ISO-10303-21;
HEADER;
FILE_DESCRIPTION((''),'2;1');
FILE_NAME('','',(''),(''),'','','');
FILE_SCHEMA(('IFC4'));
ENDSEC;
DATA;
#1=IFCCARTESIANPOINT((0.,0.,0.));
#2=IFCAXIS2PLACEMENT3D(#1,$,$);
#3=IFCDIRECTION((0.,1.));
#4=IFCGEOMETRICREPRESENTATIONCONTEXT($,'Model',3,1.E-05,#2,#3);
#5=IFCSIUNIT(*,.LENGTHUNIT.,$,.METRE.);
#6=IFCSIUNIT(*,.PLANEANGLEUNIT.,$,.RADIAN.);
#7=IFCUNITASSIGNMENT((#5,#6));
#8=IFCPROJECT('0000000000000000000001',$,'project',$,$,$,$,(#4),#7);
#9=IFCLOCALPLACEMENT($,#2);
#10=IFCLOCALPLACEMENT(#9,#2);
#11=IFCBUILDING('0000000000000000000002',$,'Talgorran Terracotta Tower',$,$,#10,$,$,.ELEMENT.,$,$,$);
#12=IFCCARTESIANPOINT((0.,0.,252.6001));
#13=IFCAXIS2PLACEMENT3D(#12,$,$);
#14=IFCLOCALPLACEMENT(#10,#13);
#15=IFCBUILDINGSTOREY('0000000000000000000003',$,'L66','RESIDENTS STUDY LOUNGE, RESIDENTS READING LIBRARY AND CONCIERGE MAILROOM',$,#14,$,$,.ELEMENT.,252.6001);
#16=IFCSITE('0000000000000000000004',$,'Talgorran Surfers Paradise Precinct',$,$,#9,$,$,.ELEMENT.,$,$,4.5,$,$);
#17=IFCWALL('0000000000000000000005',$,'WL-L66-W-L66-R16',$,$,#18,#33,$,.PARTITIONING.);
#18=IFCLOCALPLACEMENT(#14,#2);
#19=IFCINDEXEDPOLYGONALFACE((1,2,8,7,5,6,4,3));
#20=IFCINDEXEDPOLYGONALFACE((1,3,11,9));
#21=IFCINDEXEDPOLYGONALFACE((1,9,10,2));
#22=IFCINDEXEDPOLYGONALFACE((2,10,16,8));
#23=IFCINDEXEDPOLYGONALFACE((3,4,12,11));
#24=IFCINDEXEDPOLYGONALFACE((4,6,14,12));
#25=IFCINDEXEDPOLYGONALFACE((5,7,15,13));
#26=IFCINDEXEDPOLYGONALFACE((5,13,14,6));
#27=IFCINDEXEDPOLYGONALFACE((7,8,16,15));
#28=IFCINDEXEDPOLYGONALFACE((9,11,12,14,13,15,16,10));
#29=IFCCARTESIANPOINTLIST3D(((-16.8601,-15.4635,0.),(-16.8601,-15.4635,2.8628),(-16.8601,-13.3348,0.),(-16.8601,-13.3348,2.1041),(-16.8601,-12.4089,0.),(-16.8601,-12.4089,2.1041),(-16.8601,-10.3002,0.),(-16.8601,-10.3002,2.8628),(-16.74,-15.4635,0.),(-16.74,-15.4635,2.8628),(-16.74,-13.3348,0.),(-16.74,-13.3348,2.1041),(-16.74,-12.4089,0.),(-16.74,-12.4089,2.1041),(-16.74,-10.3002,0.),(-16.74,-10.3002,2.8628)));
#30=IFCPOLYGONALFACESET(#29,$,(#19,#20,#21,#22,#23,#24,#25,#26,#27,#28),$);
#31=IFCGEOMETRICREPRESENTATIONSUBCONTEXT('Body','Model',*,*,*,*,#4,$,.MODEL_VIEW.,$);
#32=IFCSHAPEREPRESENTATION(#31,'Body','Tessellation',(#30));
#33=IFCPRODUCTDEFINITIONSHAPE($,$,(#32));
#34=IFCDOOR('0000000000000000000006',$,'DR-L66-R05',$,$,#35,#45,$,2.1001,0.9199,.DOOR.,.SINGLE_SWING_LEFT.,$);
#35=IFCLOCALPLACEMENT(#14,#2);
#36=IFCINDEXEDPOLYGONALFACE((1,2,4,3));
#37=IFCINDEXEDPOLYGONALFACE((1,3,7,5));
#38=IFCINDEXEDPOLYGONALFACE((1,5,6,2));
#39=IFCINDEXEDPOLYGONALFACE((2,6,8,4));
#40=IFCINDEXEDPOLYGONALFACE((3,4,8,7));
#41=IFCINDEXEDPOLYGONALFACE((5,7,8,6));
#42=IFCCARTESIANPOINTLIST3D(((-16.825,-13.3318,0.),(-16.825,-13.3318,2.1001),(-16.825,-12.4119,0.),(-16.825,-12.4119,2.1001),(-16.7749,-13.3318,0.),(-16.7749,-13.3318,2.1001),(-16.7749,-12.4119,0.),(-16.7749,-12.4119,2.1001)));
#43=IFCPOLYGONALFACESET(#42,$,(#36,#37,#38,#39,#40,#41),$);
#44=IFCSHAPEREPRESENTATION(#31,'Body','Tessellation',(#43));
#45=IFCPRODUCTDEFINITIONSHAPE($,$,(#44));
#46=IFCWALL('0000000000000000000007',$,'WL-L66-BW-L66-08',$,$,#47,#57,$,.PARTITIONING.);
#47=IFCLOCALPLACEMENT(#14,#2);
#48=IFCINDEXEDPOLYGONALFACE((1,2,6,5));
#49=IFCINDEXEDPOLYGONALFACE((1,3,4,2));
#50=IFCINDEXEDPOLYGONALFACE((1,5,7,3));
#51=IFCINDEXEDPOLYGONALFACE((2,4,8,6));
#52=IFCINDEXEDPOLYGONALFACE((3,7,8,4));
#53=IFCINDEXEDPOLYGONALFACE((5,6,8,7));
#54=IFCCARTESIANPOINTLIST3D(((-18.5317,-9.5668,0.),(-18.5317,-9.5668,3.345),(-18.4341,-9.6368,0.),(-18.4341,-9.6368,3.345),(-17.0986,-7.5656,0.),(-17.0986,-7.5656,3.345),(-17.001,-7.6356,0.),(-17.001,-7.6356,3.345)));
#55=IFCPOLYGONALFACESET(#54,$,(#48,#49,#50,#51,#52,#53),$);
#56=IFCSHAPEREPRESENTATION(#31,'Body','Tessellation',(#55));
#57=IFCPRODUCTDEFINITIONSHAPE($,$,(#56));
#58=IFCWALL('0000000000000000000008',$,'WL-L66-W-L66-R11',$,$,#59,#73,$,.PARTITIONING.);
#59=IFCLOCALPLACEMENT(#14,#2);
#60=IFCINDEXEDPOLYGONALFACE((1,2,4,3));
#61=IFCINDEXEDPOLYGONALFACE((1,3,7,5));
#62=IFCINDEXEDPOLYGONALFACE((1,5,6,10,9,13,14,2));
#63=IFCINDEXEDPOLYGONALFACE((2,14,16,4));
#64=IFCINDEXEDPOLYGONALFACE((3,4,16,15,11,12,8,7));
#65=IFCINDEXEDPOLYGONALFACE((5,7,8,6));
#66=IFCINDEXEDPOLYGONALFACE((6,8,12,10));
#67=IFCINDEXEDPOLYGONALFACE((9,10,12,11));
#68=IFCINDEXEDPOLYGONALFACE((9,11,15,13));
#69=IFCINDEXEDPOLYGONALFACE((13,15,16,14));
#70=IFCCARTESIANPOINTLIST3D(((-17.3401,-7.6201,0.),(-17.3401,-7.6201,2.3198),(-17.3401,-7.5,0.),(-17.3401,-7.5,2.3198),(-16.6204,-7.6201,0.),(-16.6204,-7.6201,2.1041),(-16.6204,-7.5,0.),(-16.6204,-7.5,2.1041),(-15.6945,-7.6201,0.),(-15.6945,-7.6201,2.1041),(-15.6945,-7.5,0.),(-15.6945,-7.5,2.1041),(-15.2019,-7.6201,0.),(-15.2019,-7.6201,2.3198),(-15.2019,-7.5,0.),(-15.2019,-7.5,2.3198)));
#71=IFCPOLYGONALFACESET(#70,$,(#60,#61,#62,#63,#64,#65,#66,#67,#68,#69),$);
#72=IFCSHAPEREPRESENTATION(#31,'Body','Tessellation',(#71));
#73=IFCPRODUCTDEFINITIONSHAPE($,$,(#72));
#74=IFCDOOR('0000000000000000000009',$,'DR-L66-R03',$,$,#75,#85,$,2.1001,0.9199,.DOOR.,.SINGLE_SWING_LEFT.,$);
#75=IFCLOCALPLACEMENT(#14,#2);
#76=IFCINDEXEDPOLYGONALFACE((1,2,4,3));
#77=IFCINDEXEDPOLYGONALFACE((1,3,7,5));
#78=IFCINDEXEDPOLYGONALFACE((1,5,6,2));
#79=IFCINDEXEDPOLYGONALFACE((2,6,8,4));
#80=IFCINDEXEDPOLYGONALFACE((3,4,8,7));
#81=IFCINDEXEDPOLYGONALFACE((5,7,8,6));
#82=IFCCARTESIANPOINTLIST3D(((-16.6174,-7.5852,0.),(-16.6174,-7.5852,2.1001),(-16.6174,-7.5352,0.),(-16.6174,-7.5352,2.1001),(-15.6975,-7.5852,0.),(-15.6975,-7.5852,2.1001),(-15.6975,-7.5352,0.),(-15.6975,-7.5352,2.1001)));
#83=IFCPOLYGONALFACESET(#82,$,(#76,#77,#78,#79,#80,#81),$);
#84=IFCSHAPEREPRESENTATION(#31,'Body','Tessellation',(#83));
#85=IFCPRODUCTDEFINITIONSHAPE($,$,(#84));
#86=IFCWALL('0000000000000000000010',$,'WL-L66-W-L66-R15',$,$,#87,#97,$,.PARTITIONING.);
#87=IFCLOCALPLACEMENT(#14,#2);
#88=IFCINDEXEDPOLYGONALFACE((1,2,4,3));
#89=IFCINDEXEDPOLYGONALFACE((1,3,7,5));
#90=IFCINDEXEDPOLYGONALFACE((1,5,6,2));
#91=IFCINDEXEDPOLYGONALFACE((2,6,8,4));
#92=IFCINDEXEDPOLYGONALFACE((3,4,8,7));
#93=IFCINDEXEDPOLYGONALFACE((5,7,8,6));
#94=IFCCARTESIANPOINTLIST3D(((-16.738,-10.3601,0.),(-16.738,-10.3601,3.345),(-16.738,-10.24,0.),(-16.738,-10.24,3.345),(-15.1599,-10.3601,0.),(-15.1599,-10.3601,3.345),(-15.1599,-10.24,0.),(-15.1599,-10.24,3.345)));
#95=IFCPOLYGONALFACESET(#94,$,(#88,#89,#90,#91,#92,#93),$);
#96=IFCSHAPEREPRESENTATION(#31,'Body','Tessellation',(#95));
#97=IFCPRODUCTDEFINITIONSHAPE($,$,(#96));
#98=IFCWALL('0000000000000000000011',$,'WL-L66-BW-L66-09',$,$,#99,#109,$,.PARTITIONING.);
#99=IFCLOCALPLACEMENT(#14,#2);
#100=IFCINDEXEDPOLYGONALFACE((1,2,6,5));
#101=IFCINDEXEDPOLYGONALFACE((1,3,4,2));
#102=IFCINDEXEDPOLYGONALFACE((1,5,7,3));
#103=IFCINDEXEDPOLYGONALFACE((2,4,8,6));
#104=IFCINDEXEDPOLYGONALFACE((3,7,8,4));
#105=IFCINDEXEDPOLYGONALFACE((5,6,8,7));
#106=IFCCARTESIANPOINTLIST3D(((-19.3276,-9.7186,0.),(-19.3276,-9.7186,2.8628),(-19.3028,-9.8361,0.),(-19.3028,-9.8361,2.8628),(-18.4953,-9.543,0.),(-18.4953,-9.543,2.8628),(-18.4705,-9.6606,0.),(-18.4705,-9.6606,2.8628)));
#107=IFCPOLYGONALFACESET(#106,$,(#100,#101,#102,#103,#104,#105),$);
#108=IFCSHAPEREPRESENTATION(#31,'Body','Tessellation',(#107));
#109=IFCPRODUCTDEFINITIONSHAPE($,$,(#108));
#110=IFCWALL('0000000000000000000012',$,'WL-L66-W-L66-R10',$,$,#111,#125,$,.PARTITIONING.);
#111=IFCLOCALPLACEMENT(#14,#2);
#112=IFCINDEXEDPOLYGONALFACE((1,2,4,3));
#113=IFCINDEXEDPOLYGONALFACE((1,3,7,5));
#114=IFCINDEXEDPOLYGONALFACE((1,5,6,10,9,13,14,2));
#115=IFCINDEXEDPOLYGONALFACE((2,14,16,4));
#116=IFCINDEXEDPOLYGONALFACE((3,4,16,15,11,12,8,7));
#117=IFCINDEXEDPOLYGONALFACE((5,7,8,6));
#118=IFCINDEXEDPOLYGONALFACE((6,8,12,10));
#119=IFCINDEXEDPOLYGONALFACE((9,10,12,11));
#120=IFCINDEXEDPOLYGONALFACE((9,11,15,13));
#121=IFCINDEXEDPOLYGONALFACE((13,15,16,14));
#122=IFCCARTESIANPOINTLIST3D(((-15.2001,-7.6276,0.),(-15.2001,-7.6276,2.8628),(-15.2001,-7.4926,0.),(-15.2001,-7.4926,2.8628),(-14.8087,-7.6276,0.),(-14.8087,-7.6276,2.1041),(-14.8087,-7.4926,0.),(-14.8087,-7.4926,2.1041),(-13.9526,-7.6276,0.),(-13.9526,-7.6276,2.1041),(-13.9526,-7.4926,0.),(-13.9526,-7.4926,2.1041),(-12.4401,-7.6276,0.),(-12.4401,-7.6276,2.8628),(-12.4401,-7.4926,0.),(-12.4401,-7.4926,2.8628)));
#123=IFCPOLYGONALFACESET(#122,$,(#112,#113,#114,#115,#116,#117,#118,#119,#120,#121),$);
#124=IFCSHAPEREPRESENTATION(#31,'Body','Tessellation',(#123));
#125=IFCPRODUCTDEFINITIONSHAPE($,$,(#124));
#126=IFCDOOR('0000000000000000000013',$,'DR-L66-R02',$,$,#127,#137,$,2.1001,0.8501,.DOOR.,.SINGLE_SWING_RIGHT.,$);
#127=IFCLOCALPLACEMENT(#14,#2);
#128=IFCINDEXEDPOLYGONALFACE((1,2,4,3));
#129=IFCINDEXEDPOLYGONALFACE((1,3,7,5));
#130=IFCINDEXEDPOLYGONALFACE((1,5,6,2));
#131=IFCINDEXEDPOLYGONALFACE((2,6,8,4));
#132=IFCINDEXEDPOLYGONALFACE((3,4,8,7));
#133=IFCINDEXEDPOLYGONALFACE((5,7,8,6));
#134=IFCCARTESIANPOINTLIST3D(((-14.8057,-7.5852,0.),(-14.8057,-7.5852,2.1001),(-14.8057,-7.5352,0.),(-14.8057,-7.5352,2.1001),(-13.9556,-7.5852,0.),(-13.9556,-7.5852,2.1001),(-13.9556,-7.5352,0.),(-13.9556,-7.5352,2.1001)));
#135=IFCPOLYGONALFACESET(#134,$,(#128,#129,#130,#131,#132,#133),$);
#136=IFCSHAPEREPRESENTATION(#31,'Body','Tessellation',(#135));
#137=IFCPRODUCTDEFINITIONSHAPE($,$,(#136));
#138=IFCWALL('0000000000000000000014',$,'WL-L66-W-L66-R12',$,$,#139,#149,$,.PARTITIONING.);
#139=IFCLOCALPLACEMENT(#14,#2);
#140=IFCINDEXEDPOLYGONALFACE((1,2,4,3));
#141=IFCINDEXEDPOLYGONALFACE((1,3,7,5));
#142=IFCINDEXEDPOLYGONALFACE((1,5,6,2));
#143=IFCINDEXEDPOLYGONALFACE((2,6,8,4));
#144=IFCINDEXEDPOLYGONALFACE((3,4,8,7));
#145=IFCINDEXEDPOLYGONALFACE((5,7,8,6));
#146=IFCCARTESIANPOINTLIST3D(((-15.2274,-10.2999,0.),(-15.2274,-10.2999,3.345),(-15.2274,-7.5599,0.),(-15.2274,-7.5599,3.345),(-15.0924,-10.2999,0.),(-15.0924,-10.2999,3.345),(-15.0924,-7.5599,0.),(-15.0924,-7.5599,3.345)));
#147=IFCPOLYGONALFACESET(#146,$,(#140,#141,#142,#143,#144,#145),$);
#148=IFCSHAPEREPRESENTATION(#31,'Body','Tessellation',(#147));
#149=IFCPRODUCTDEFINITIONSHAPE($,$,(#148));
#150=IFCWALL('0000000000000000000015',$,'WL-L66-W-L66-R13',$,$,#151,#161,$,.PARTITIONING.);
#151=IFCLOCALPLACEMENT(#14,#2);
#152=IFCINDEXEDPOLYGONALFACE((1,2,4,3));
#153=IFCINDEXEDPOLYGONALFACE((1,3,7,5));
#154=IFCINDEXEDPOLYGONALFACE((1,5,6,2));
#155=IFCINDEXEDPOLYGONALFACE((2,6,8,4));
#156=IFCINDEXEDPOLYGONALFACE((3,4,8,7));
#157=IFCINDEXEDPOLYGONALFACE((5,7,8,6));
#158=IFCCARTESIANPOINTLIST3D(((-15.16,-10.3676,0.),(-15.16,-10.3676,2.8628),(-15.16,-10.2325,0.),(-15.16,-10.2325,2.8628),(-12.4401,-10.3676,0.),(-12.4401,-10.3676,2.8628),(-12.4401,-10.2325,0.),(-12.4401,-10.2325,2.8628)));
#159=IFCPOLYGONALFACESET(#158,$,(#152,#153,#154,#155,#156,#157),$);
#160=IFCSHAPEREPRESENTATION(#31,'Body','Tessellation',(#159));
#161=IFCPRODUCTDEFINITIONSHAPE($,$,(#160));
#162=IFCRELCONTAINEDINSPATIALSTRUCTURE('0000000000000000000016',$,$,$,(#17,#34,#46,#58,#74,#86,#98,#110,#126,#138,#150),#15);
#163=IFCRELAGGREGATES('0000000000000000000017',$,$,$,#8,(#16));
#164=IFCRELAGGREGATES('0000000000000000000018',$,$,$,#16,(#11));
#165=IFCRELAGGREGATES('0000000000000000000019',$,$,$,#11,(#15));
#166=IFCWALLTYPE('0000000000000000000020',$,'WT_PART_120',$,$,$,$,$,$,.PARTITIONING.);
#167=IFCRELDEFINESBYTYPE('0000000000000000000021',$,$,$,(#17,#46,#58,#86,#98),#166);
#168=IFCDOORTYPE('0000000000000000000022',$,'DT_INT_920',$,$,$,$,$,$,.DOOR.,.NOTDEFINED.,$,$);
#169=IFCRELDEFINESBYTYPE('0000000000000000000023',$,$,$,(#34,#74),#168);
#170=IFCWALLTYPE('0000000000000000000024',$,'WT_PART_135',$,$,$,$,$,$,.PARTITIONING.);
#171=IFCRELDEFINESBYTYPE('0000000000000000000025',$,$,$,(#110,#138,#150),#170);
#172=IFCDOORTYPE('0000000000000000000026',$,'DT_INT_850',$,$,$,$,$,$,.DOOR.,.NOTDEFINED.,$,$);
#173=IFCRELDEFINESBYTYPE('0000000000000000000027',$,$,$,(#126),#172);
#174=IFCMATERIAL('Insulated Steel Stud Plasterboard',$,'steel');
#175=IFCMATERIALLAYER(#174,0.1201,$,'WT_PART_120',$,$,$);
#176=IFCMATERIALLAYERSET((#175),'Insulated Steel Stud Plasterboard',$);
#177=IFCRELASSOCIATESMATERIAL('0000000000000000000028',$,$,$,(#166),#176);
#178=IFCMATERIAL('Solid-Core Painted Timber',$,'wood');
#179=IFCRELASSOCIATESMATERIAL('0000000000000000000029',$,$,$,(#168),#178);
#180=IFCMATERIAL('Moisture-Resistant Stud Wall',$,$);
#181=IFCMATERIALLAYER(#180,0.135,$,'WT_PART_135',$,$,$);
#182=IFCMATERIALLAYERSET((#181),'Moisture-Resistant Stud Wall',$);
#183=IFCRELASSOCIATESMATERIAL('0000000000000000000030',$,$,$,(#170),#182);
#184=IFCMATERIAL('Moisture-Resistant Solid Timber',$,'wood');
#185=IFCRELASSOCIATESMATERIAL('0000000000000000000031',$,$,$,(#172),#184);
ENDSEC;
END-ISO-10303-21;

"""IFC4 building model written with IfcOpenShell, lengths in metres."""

from ifc_helpers import new_model, si_unit, direction, frame, frame_2d, origin, place, context, subcontext, project, spatial, rectangle, extrude, material, layer, layer_set, type_object, element, fill, save


model = new_model("IFC4")

# Units and contexts
model_context = context("Model", 3, precision=1e-05, world=origin(), true_north=direction((0.0, 1.0)))
body_context = subcontext(model_context, "Body", "Model", "MODEL_VIEW")
ifc_project = project(units=[si_unit("LENGTHUNIT", "METRE"), si_unit("PLANEANGLEUNIT", "RADIAN")], contexts=[model_context])

# Site, building, storey
site_placement = place(None, origin())
site = spatial("IfcSite", under=ifc_project, at=site_placement, Name="Talgorran Surfers Paradise Precinct", CompositionType="ELEMENT", RefElevation=4.5)
building_placement = place(site_placement, origin())
building = spatial("IfcBuilding", under=site, at=building_placement, Name="Talgorran Terracotta Tower", CompositionType="ELEMENT")
storey_placement = place(building_placement, frame((0.0, 0.0, 252.6001)))
storey = spatial("IfcBuildingStorey", under=building, at=storey_placement, Name="L66", Description="RESIDENTS STUDY LOUNGE, RESIDENTS READING LIBRARY AND CONCIERGE MAILROOM", CompositionType="ELEMENT", Elevation=252.6001)

# Wall, opening, door
ifc_material_1 = material(Name="Insulated Steel Stud Plasterboard", Category="steel")
ifc_layer_1 = layer(ifc_material_1, 0.1201, Name="WT_PART_120")
ifc_layer_set_1 = layer_set([ifc_layer_1], Name="Insulated Steel Stud Plasterboard")
wall_type_1 = type_object("IfcWallType", Name="WT_PART_120", PredefinedType="PARTITIONING", material=ifc_layer_set_1)
wall_1_placement = place(storey_placement, frame((-16.8, -15.4634, 0.0), z_axis=(0.0, 0.0, 1.0), x_axis=(0.0, 1.0, 0.0)))
wall_1 = element("IfcWall", 1, at=wall_1_placement, inside=storey, type_object=wall_type_1, Name="WL-L66-W-L66-R16", PredefinedType="PARTITIONING", context=body_context, shape_type="SweptSolid", body=[
    extrude(rectangle(XDim=5.1633, YDim=0.1201, at=frame_2d((2.5815, 0.0))), origin(), (0.0, 0.0, 1.0), 2.8628),
])
opening_1_placement = place(wall_1_placement, frame((2.1316, 0.0, 0.0)))
opening_1 = element("IfcOpeningElement", 2, at=opening_1_placement, cuts=wall_1, PredefinedType="OPENING", context=body_context, shape_type="SweptSolid", body=[
    extrude(rectangle(XDim=0.9259, YDim=2.1041, at=frame_2d((0.46, 1.052))), frame((0.0, 0.0701, 0.0), z_axis=(0.0, -1.0, 0.0), x_axis=(1.0, 0.0, 0.0)), (0.0, 0.0, 1.0), 0.1401),
])
ifc_material_2 = material(Name="Solid-Core Painted Timber", Category="wood")
door_type_1 = type_object("IfcDoorType", Name="DT_INT_920", OperationType="NOTDEFINED", PredefinedType="DOOR", material=ifc_material_2)
door_1_placement = place(opening_1_placement, origin())
door_1 = element("IfcDoor", 3, at=door_1_placement, inside=storey, type_object=door_type_1, Name="DR-L66-R05", OperationType="SINGLE_SWING_LEFT", OverallHeight=2.1001, OverallWidth=0.9199, PredefinedType="DOOR", context=body_context, shape_type="SweptSolid", body=[
    extrude(rectangle(XDim=0.9199, YDim=2.1001, at=frame_2d((0.46, 1.05))), frame((0.0, 0.0249, 0.0), z_axis=(0.0, -1.0, 0.0), x_axis=(1.0, 0.0, 0.0)), (0.0, 0.0, 1.0), 0.05),
])
fill(opening_1, door_1)

# Wall
wall_2_placement = place(storey_placement, frame((-17.0498, -7.6006, 0.0), z_axis=(0.0, 0.0, 1.0), x_axis=(-0.582223, -0.813029, 0.0)))
element("IfcWall", 4, at=wall_2_placement, inside=storey, type_object=wall_type_1, Name="WL-L66-BW-L66-08", PredefinedType="PARTITIONING", context=body_context, shape_type="SweptSolid", body=[
    extrude(rectangle(XDim=2.4614, YDim=0.1201, at=frame_2d((1.2307, 0.0))), origin(), (0.0, 0.0, 1.0), 3.345),
])

# Wall, opening, door
wall_3_placement = place(storey_placement, frame((-17.3401, -7.5601, 0.0), z_axis=(0.0, 0.0, 1.0), x_axis=(1.0, 0.0, 0.0)))
wall_3 = element("IfcWall", 5, at=wall_3_placement, inside=storey, type_object=wall_type_1, Name="WL-L66-W-L66-R11", PredefinedType="PARTITIONING", context=body_context, shape_type="SweptSolid", body=[
    extrude(rectangle(XDim=2.1382, YDim=0.1201, at=frame_2d((1.0691, 0.0))), origin(), (0.0, 0.0, 1.0), 2.3198),
])
opening_2_placement = place(wall_3_placement, frame((0.7227, 0.0, 0.0)))
opening_2 = element("IfcOpeningElement", 6, at=opening_2_placement, cuts=wall_3, PredefinedType="OPENING", context=body_context, shape_type="SweptSolid", body=[
    extrude(rectangle(XDim=0.9259, YDim=2.1041, at=frame_2d((0.46, 1.052))), frame((0.0, 0.0701, 0.0), z_axis=(0.0, -1.0, 0.0), x_axis=(1.0, 0.0, 0.0)), (0.0, 0.0, 1.0), 0.1401),
])
door_2_placement = place(opening_2_placement, origin())
door_2 = element("IfcDoor", 7, at=door_2_placement, inside=storey, type_object=door_type_1, Name="DR-L66-R03", OperationType="SINGLE_SWING_LEFT", OverallHeight=2.1001, OverallWidth=0.9199, PredefinedType="DOOR", context=body_context, shape_type="SweptSolid", body=[
    extrude(rectangle(XDim=0.9199, YDim=2.1001, at=frame_2d((0.46, 1.05))), frame((0.0, 0.0249, 0.0), z_axis=(0.0, -1.0, 0.0), x_axis=(1.0, 0.0, 0.0)), (0.0, 0.0, 1.0), 0.05),
])
fill(opening_2, door_2)

# Walls
wall_4_placement = place(storey_placement, frame((-16.738, -10.3, 0.0), z_axis=(0.0, 0.0, 1.0), x_axis=(1.0, 0.0, 0.0)))
element("IfcWall", 8, at=wall_4_placement, inside=storey, type_object=wall_type_1, Name="WL-L66-W-L66-R15", PredefinedType="PARTITIONING", context=body_context, shape_type="SweptSolid", body=[
    extrude(rectangle(XDim=1.5781, YDim=0.1201, at=frame_2d((0.7891, 0.0))), origin(), (0.0, 0.0, 1.0), 3.345),
])
wall_5_placement = place(storey_placement, frame((-18.4829, -9.6018, 0.0), z_axis=(0.0, 0.0, 1.0), x_axis=(-0.978474, -0.206372, 0.0)))
element("IfcWall", 9, at=wall_5_placement, inside=storey, type_object=wall_type_1, Name="WL-L66-BW-L66-09", PredefinedType="PARTITIONING", context=body_context, shape_type="SweptSolid", body=[
    extrude(rectangle(XDim=0.8506, YDim=0.1201, at=frame_2d((0.4253, 0.0))), origin(), (0.0, 0.0, 1.0), 2.8628),
])

# Wall, opening, door
ifc_material_3 = material(Name="Moisture-Resistant Stud Wall")
ifc_layer_2 = layer(ifc_material_3, 0.135, Name="WT_PART_135")
ifc_layer_set_2 = layer_set([ifc_layer_2], Name="Moisture-Resistant Stud Wall")
wall_type_2 = type_object("IfcWallType", Name="WT_PART_135", PredefinedType="PARTITIONING", material=ifc_layer_set_2)
wall_6_placement = place(storey_placement, frame((-15.2, -7.5601, 0.0), z_axis=(0.0, 0.0, 1.0), x_axis=(1.0, 0.0, 0.0)))
wall_6 = element("IfcWall", 10, at=wall_6_placement, inside=storey, type_object=wall_type_2, Name="WL-L66-W-L66-R10", PredefinedType="PARTITIONING", context=body_context, shape_type="SweptSolid", body=[
    extrude(rectangle(XDim=2.76, YDim=0.135, at=frame_2d((1.3799, 0.0))), origin(), (0.0, 0.0, 1.0), 2.8628),
])
opening_3_placement = place(wall_6_placement, frame((0.3943, 0.0, 0.0)))
opening_3 = element("IfcOpeningElement", 11, at=opening_3_placement, cuts=wall_6, PredefinedType="OPENING", context=body_context, shape_type="SweptSolid", body=[
    extrude(rectangle(XDim=0.8561, YDim=2.1041, at=frame_2d((0.425, 1.052))), frame((0.0, 0.0776, 0.0), z_axis=(0.0, -1.0, 0.0), x_axis=(1.0, 0.0, 0.0)), (0.0, 0.0, 1.0), 0.155),
])
ifc_material_4 = material(Name="Moisture-Resistant Solid Timber", Category="wood")
door_type_2 = type_object("IfcDoorType", Name="DT_INT_850", OperationType="NOTDEFINED", PredefinedType="DOOR", material=ifc_material_4)
door_3_placement = place(opening_3_placement, origin())
door_3 = element("IfcDoor", 12, at=door_3_placement, inside=storey, type_object=door_type_2, Name="DR-L66-R02", OperationType="SINGLE_SWING_RIGHT", OverallHeight=2.1001, OverallWidth=0.8501, PredefinedType="DOOR", context=body_context, shape_type="SweptSolid", body=[
    extrude(rectangle(XDim=0.8501, YDim=2.1001, at=frame_2d((0.425, 1.05))), frame((0.0, 0.0249, 0.0), z_axis=(0.0, -1.0, 0.0), x_axis=(1.0, 0.0, 0.0)), (0.0, 0.0, 1.0), 0.05),
])
fill(opening_3, door_3)

# Walls
wall_7_placement = place(storey_placement, frame((-15.1599, -10.3, 0.0), z_axis=(0.0, 0.0, 1.0), x_axis=(0.0, 1.0, 0.0)))
element("IfcWall", 13, at=wall_7_placement, inside=storey, type_object=wall_type_2, Name="WL-L66-W-L66-R12", PredefinedType="PARTITIONING", context=body_context, shape_type="SweptSolid", body=[
    extrude(rectangle(XDim=2.74, YDim=0.135, at=frame_2d((1.3701, 0.0))), origin(), (0.0, 0.0, 1.0), 3.345),
])
wall_8_placement = place(storey_placement, frame((-15.1599, -10.3, 0.0), z_axis=(0.0, 0.0, 1.0), x_axis=(1.0, 0.0, 0.0)))
element("IfcWall", 14, at=wall_8_placement, inside=storey, type_object=wall_type_2, Name="WL-L66-W-L66-R13", PredefinedType="PARTITIONING", context=body_context, shape_type="SweptSolid", body=[
    extrude(rectangle(XDim=2.72, YDim=0.135, at=frame_2d((1.3599, 0.0))), origin(), (0.0, 0.0, 1.0), 2.8628),
])

save(model, "model.ifc")
